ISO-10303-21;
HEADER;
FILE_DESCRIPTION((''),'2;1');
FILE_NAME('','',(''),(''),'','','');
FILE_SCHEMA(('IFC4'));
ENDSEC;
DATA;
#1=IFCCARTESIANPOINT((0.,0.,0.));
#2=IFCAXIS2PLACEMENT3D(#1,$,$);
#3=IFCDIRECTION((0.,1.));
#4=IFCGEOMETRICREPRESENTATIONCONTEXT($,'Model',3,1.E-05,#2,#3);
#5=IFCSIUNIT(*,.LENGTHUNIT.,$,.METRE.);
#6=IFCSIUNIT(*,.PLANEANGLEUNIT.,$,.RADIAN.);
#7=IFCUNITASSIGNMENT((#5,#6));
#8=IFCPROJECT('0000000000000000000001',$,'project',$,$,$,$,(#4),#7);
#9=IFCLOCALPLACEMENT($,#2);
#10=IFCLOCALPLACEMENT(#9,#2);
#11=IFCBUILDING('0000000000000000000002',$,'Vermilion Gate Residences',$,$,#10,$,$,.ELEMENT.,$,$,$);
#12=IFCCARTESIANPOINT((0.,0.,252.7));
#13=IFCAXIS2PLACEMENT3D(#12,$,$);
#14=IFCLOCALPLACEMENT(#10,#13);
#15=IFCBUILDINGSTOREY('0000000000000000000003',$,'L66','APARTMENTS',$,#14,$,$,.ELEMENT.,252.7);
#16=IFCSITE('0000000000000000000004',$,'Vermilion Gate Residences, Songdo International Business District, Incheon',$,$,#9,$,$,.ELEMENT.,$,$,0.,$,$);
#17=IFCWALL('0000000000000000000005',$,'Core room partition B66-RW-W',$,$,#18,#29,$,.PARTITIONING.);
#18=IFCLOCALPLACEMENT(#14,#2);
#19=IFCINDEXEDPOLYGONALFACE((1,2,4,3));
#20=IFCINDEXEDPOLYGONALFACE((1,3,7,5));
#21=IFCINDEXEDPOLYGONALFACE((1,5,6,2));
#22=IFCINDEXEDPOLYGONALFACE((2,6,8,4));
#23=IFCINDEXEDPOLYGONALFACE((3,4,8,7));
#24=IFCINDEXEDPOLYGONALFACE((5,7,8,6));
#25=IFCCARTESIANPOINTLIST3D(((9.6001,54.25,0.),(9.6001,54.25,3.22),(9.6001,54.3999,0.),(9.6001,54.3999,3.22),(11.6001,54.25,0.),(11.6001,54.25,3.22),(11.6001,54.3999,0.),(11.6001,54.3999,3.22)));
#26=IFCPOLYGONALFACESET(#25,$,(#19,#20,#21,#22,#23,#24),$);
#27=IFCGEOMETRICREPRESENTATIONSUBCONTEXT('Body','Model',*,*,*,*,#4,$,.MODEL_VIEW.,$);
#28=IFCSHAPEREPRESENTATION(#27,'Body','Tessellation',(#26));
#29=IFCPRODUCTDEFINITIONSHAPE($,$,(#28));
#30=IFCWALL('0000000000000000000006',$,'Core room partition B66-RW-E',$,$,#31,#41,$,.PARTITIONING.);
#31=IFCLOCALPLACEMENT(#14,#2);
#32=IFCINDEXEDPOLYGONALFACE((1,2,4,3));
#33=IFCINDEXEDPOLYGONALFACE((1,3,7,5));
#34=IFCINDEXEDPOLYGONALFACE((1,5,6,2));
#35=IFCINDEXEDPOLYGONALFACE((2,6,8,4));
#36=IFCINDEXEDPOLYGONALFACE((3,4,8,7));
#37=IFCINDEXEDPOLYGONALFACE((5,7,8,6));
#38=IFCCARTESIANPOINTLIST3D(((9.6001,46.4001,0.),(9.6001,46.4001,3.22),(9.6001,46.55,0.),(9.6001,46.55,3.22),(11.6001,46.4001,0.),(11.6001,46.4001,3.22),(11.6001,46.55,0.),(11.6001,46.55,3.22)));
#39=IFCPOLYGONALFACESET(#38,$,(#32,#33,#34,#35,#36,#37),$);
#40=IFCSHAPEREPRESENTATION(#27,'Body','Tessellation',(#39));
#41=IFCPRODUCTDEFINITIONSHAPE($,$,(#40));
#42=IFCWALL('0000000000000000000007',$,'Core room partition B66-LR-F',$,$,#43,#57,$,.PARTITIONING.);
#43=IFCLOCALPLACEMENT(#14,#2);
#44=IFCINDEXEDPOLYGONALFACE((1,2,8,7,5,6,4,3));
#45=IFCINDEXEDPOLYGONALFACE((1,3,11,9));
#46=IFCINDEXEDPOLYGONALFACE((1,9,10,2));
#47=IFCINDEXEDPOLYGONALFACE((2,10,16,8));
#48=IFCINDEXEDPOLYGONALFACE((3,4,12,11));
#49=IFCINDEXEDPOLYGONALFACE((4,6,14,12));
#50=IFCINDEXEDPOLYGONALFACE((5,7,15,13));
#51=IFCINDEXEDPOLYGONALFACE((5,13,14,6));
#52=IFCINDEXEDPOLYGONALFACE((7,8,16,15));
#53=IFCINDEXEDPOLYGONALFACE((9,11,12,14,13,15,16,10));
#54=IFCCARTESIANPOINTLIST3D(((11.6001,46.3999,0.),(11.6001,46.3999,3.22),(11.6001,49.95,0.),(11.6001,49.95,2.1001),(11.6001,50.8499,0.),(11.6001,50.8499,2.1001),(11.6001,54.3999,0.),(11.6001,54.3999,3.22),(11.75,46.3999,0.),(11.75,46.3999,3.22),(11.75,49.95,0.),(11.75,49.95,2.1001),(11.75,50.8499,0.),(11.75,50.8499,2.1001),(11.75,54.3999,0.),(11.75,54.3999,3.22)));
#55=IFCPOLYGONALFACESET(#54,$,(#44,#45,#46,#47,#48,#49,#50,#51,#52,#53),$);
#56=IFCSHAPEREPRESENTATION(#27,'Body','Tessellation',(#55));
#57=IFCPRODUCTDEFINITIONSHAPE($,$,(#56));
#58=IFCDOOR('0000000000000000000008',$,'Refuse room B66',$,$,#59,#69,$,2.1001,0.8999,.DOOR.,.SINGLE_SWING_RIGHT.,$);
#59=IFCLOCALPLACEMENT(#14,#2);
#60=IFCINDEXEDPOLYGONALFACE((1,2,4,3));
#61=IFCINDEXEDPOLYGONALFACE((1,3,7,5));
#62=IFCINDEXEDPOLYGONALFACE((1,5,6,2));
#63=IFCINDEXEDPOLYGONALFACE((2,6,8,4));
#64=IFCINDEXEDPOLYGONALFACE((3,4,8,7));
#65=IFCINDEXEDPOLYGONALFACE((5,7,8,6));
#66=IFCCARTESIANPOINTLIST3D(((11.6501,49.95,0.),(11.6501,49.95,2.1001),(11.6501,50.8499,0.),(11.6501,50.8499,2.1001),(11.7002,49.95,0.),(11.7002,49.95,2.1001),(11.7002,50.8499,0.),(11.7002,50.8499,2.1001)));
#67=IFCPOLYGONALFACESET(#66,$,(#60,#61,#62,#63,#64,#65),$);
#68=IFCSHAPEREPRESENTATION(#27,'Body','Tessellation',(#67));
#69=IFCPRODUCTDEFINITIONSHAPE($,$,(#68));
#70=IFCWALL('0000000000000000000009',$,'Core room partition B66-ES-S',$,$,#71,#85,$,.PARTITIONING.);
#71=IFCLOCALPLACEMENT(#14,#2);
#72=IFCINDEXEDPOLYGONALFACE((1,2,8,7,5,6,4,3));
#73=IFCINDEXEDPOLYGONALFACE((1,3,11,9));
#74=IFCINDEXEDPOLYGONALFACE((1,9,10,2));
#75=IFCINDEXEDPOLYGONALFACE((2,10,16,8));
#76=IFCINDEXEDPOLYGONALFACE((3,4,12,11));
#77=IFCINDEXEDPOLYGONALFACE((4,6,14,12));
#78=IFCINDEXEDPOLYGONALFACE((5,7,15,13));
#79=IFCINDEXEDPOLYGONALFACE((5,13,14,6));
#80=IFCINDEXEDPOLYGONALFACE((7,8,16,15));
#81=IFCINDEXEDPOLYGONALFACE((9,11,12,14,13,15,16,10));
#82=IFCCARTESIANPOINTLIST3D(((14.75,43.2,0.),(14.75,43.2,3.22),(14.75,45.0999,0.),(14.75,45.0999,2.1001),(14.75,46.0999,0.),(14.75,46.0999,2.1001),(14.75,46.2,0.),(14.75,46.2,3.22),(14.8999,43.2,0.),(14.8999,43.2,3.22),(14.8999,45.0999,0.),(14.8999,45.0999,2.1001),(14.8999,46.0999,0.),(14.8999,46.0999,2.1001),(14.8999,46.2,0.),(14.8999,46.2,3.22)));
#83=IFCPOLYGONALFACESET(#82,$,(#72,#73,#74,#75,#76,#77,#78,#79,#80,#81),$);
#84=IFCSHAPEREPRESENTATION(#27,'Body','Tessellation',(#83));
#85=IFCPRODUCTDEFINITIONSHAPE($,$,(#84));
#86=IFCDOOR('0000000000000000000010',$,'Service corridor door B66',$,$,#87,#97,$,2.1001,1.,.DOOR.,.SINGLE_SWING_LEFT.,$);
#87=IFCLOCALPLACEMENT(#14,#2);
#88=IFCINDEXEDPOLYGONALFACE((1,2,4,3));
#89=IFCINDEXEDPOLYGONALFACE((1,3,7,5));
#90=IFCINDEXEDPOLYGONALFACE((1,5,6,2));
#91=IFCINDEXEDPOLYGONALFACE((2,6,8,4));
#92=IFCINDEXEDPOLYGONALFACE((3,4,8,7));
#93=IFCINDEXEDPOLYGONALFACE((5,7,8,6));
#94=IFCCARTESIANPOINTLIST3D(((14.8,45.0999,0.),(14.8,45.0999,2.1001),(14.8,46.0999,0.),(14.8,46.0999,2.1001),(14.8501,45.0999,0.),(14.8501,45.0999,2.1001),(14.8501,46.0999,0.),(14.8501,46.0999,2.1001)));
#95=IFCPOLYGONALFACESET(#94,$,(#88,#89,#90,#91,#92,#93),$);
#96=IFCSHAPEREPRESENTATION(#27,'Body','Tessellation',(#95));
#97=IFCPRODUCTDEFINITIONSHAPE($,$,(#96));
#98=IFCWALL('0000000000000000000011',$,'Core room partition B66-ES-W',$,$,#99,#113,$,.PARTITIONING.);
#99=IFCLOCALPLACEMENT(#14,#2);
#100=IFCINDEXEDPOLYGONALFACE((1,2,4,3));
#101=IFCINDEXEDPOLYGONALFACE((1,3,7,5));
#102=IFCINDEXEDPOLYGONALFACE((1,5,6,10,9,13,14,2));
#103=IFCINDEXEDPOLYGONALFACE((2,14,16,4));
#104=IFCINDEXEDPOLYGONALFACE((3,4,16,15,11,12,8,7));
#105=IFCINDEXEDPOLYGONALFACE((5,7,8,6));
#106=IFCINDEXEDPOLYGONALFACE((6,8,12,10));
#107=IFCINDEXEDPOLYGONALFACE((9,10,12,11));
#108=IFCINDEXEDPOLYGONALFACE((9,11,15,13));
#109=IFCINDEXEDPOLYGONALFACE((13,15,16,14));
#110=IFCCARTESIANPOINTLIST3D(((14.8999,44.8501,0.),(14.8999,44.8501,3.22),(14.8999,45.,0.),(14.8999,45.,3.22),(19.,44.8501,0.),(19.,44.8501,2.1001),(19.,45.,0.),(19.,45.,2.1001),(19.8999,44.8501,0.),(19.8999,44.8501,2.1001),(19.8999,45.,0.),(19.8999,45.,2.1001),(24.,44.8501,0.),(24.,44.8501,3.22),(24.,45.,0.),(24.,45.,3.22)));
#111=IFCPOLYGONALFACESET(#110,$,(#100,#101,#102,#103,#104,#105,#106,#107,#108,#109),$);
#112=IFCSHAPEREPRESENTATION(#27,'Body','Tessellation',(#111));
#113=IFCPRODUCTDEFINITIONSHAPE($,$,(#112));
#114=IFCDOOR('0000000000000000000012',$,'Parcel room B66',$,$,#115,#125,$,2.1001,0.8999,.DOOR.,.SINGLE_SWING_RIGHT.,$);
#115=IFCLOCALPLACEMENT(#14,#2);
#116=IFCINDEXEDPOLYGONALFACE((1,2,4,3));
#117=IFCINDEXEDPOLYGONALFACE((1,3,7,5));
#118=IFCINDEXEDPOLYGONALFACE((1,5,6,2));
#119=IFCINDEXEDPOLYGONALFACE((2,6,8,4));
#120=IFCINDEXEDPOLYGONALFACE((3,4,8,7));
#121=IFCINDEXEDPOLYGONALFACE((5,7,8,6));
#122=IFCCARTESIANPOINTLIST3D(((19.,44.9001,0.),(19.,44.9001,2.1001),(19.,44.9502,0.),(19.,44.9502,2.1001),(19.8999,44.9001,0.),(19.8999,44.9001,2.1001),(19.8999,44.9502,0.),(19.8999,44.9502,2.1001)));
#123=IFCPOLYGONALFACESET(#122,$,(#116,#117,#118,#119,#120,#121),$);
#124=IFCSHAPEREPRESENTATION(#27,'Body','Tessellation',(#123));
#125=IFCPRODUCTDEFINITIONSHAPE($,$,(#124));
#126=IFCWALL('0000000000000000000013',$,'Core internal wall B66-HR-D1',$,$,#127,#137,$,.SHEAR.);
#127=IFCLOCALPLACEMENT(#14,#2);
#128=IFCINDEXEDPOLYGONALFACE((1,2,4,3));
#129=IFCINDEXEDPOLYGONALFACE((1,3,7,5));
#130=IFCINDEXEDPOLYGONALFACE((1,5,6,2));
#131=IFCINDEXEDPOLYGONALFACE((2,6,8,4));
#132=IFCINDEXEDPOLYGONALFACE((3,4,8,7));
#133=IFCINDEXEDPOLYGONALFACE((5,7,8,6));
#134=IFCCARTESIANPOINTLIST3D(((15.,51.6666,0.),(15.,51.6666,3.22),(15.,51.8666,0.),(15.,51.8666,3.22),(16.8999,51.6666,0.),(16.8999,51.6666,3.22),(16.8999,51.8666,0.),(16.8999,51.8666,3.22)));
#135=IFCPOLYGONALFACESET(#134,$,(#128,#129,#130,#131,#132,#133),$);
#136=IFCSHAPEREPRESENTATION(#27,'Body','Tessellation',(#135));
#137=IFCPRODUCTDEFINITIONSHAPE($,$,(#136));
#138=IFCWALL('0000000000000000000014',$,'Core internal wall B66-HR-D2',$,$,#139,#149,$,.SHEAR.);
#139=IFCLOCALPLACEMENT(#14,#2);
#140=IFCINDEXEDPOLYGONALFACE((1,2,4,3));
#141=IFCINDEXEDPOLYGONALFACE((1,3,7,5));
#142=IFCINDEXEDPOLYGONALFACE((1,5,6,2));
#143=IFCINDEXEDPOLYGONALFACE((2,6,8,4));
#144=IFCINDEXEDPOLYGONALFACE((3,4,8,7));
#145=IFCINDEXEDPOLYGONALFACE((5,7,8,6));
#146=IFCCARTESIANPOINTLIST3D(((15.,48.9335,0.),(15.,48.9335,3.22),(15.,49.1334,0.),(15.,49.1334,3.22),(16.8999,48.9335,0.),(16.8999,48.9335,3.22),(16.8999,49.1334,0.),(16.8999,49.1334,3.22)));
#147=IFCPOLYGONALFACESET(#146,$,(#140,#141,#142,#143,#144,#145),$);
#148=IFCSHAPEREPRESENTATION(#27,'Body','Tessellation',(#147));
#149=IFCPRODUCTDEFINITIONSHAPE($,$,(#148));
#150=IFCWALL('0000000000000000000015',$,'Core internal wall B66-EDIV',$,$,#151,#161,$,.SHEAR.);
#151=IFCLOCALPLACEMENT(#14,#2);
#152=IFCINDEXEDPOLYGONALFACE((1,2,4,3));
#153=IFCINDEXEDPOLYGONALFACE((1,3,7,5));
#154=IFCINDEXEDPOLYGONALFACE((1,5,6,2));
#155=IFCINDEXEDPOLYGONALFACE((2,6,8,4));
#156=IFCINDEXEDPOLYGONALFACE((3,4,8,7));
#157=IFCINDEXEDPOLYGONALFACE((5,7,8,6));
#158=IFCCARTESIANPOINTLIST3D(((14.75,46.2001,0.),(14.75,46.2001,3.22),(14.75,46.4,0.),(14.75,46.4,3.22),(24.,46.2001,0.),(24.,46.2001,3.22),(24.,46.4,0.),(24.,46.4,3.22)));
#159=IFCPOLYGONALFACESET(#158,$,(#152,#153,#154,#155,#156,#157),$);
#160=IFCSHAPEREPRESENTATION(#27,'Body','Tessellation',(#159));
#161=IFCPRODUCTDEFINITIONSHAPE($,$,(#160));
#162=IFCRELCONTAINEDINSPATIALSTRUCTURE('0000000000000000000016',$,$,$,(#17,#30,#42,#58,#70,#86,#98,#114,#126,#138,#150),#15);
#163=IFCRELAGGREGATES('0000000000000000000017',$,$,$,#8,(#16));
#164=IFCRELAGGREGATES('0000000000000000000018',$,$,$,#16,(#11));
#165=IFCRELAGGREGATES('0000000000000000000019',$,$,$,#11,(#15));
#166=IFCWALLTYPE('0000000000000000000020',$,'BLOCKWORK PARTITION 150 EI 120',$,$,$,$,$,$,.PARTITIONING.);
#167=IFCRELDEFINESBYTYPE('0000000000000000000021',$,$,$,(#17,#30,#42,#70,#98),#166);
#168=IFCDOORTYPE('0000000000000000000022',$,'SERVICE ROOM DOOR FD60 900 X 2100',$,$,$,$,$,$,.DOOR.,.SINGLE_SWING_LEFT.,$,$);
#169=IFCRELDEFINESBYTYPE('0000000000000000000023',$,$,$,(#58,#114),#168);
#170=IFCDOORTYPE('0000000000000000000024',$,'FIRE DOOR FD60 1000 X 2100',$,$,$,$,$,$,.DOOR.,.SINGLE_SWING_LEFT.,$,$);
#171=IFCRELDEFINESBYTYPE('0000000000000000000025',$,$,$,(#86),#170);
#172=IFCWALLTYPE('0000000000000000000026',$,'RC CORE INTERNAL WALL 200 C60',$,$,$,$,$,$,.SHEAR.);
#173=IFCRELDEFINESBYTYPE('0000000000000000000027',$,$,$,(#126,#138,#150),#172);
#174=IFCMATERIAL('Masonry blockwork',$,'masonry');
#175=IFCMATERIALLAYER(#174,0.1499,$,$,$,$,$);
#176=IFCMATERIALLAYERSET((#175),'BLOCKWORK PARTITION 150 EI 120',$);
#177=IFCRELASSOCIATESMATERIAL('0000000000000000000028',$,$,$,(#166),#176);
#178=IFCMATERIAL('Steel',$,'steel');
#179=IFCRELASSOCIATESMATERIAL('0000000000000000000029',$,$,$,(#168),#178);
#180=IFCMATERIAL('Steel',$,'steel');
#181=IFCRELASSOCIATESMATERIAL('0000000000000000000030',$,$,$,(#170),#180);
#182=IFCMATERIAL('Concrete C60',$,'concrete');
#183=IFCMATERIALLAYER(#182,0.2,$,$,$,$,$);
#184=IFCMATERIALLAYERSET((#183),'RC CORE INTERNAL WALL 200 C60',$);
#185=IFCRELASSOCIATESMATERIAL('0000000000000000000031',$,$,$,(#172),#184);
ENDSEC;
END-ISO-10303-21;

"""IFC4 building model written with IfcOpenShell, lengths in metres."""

from ifc_helpers import new_model, si_unit, direction, frame, frame_2d, origin, place, context, subcontext, project, spatial, rectangle, extrude, material, layer, layer_set, type_object, element, fill, save


model = new_model("IFC4")

# Units and contexts
model_context = context("Model", 3, precision=1e-05, world=origin(), true_north=direction((0.0, 1.0)))
body_context = subcontext(model_context, "Body", "Model", "MODEL_VIEW")
ifc_project = project(units=[si_unit("LENGTHUNIT", "METRE"), si_unit("PLANEANGLEUNIT", "RADIAN")], contexts=[model_context])

# Site, building, storey
site_placement = place(None, origin())
site = spatial("IfcSite", under=ifc_project, at=site_placement, Name="Vermilion Gate Residences, Songdo International Business District, Incheon", CompositionType="ELEMENT", RefElevation=0.0)
building_placement = place(site_placement, origin())
building = spatial("IfcBuilding", under=site, at=building_placement, Name="Vermilion Gate Residences", CompositionType="ELEMENT")
storey_placement = place(building_placement, frame((0.0, 0.0, 252.7)))
storey = spatial("IfcBuildingStorey", under=building, at=storey_placement, Name="L66", Description="APARTMENTS", CompositionType="ELEMENT", Elevation=252.7)

# Walls
ifc_material_1 = material(Name="Masonry blockwork", Category="masonry")
ifc_layer_1 = layer(ifc_material_1, 0.1499)
ifc_layer_set_1 = layer_set([ifc_layer_1], Name="BLOCKWORK PARTITION 150 EI 120")
wall_type_1 = type_object("IfcWallType", Name="BLOCKWORK PARTITION 150 EI 120", PredefinedType="PARTITIONING", material=ifc_layer_set_1)
for number, where, z_axis, x_axis, name in (
    (1, (9.6001, 54.325, 0.0), (0.0, 0.0, 1.0), (1.0, 0.0, 0.0), "Core room partition B66-RW-W"),
    (2, (9.6001, 46.4751, 0.0), (0.0, 0.0, 1.0), (1.0, 0.0, 0.0), "Core room partition B66-RW-E"),
):
    element("IfcWall", number, at=place(storey_placement, frame(where, z_axis=z_axis, x_axis=x_axis)), inside=storey, type_object=wall_type_1, Name=name, PredefinedType="PARTITIONING", context=body_context, shape_type="SweptSolid", body=[
        extrude(rectangle(XDim=2.0, YDim=0.1499, at=frame_2d((1.0, 0.0))), origin(), (0.0, 0.0, 1.0), 3.22),
    ])

# Walls, openings, doors
wall_1_placement = place(storey_placement, frame((11.675, 54.3999, 0.0), z_axis=(0.0, 0.0, 1.0), x_axis=(0.0, -1.0, 0.0)))
wall_1 = element("IfcWall", 3, at=wall_1_placement, inside=storey, type_object=wall_type_1, Name="Core room partition B66-LR-F", PredefinedType="PARTITIONING", context=body_context, shape_type="SweptSolid", body=[
    extrude(rectangle(XDim=8.0, YDim=0.1499, at=frame_2d((4.0, 0.0))), origin(), (0.0, 0.0, 1.0), 3.22),
])
opening_1_placement = place(wall_1_placement, frame((3.55, 0.0, 0.0)))
opening_1 = element("IfcOpeningElement", 4, at=opening_1_placement, cuts=wall_1, PredefinedType="OPENING", context=body_context, shape_type="SweptSolid", body=[
    extrude(rectangle(XDim=0.8999, YDim=2.1001, at=frame_2d((0.45, 1.05))), frame((0.0, 0.085, 0.0), z_axis=(0.0, -1.0, 0.0), x_axis=(1.0, 0.0, 0.0)), (0.0, 0.0, 1.0), 0.1699),
])
ifc_material_2 = material(Name="Steel", Category="steel")
door_type_1 = type_object("IfcDoorType", Name="SERVICE ROOM DOOR FD60 900 X 2100", OperationType="SINGLE_SWING_LEFT", PredefinedType="DOOR", material=ifc_material_2)
door_1_placement = place(opening_1_placement, frame((0.8999, 0.0, 0.0), z_axis=(0.0, 0.0, 1.0), x_axis=(-1.0, 0.0, 0.0)))
door_1 = element("IfcDoor", 5, at=door_1_placement, inside=storey, type_object=door_type_1, Name="Refuse room B66", OperationType="SINGLE_SWING_RIGHT", OverallHeight=2.1001, OverallWidth=0.8999, PredefinedType="DOOR", context=body_context, shape_type="SweptSolid", body=[
    extrude(rectangle(XDim=0.8999, YDim=2.1001, at=frame_2d((0.45, 1.05))), frame((0.0, 0.0249, 0.0), z_axis=(0.0, -1.0, 0.0), x_axis=(1.0, 0.0, 0.0)), (0.0, 0.0, 1.0), 0.05),
])
fill(opening_1, door_1)
wall_2_placement = place(storey_placement, frame((14.825, 46.2, 0.0), z_axis=(0.0, 0.0, 1.0), x_axis=(0.0, -1.0, 0.0)))
wall_2 = element("IfcWall", 6, at=wall_2_placement, inside=storey, type_object=wall_type_1, Name="Core room partition B66-ES-S", PredefinedType="PARTITIONING", context=body_context, shape_type="SweptSolid", body=[
    extrude(rectangle(XDim=3.0, YDim=0.1499, at=frame_2d((1.5, 0.0))), origin(), (0.0, 0.0, 1.0), 3.22),
])
opening_2_placement = place(wall_2_placement, frame((0.1001, 0.0, 0.0)))
opening_2 = element("IfcOpeningElement", 7, at=opening_2_placement, cuts=wall_2, PredefinedType="OPENING", context=body_context, shape_type="SweptSolid", body=[
    extrude(rectangle(XDim=1.0, YDim=2.1001, at=frame_2d((0.5, 1.05))), frame((0.0, 0.085, 0.0), z_axis=(0.0, -1.0, 0.0), x_axis=(1.0, 0.0, 0.0)), (0.0, 0.0, 1.0), 0.1699),
])
ifc_material_3 = material(Name="Steel", Category="steel")
door_type_2 = type_object("IfcDoorType", Name="FIRE DOOR FD60 1000 X 2100", OperationType="SINGLE_SWING_LEFT", PredefinedType="DOOR", material=ifc_material_3)
door_2_placement = place(opening_2_placement, frame((1.0, 0.0, 0.0), z_axis=(0.0, 0.0, 1.0), x_axis=(-1.0, 0.0, 0.0)))
door_2 = element("IfcDoor", 8, at=door_2_placement, inside=storey, type_object=door_type_2, Name="Service corridor door B66", OperationType="SINGLE_SWING_LEFT", OverallHeight=2.1001, OverallWidth=1.0, PredefinedType="DOOR", context=body_context, shape_type="SweptSolid", body=[
    extrude(rectangle(XDim=1.0, YDim=2.1001, at=frame_2d((0.5, 1.05))), frame((0.0, 0.0249, 0.0), z_axis=(0.0, -1.0, 0.0), x_axis=(1.0, 0.0, 0.0)), (0.0, 0.0, 1.0), 0.05),
])
fill(opening_2, door_2)
wall_3_placement = place(storey_placement, frame((14.8999, 44.925, 0.0), z_axis=(0.0, 0.0, 1.0), x_axis=(1.0, 0.0, 0.0)))
wall_3 = element("IfcWall", 9, at=wall_3_placement, inside=storey, type_object=wall_type_1, Name="Core room partition B66-ES-W", PredefinedType="PARTITIONING", context=body_context, shape_type="SweptSolid", body=[
    extrude(rectangle(XDim=9.1001, YDim=0.1499, at=frame_2d((4.55, 0.0))), origin(), (0.0, 0.0, 1.0), 3.22),
])
opening_3_placement = place(wall_3_placement, frame((4.1001, 0.0, 0.0)))
opening_3 = element("IfcOpeningElement", 10, at=opening_3_placement, cuts=wall_3, PredefinedType="OPENING", context=body_context, shape_type="SweptSolid", body=[
    extrude(rectangle(XDim=0.8999, YDim=2.1001, at=frame_2d((0.45, 1.05))), frame((0.0, 0.085, 0.0), z_axis=(0.0, -1.0, 0.0), x_axis=(1.0, 0.0, 0.0)), (0.0, 0.0, 1.0), 0.1699),
])
door_3_placement = place(opening_3_placement, frame((0.8999, 0.0, 0.0), z_axis=(0.0, 0.0, 1.0), x_axis=(-1.0, 0.0, 0.0)))
door_3 = element("IfcDoor", 11, at=door_3_placement, inside=storey, type_object=door_type_1, Name="Parcel room B66", OperationType="SINGLE_SWING_RIGHT", OverallHeight=2.1001, OverallWidth=0.8999, PredefinedType="DOOR", context=body_context, shape_type="SweptSolid", body=[
    extrude(rectangle(XDim=0.8999, YDim=2.1001, at=frame_2d((0.45, 1.05))), frame((0.0, 0.0249, 0.0), z_axis=(0.0, -1.0, 0.0), x_axis=(1.0, 0.0, 0.0)), (0.0, 0.0, 1.0), 0.05),
])
fill(opening_3, door_3)

# Walls
ifc_material_4 = material(Name="Concrete C60", Category="concrete")
ifc_layer_2 = layer(ifc_material_4, 0.2)
ifc_layer_set_2 = layer_set([ifc_layer_2], Name="RC CORE INTERNAL WALL 200 C60")
wall_type_2 = type_object("IfcWallType", Name="RC CORE INTERNAL WALL 200 C60", PredefinedType="SHEAR", material=ifc_layer_set_2)
for number, where, z_axis, x_axis, name in (
    (12, (15.0, 51.7666, 0.0), (0.0, 0.0, 1.0), (1.0, 0.0, 0.0), "Core internal wall B66-HR-D1"),
    (13, (15.0, 49.0334, 0.0), (0.0, 0.0, 1.0), (1.0, 0.0, 0.0), "Core internal wall B66-HR-D2"),
):
    element("IfcWall", number, at=place(storey_placement, frame(where, z_axis=z_axis, x_axis=x_axis)), inside=storey, type_object=wall_type_2, Name=name, PredefinedType="SHEAR", context=body_context, shape_type="SweptSolid", body=[
        extrude(rectangle(XDim=1.8999, YDim=0.2, at=frame_2d((0.95, 0.0))), origin(), (0.0, 0.0, 1.0), 3.22),
    ])
wall_4_placement = place(storey_placement, frame((14.75, 46.3, 0.0), z_axis=(0.0, 0.0, 1.0), x_axis=(1.0, 0.0, 0.0)))
element("IfcWall", 14, at=wall_4_placement, inside=storey, type_object=wall_type_2, Name="Core internal wall B66-EDIV", PredefinedType="SHEAR", context=body_context, shape_type="SweptSolid", body=[
    extrude(rectangle(XDim=9.25, YDim=0.2, at=frame_2d((4.625, 0.0))), origin(), (0.0, 0.0, 1.0), 3.22),
])

save(model, "model.ifc")
